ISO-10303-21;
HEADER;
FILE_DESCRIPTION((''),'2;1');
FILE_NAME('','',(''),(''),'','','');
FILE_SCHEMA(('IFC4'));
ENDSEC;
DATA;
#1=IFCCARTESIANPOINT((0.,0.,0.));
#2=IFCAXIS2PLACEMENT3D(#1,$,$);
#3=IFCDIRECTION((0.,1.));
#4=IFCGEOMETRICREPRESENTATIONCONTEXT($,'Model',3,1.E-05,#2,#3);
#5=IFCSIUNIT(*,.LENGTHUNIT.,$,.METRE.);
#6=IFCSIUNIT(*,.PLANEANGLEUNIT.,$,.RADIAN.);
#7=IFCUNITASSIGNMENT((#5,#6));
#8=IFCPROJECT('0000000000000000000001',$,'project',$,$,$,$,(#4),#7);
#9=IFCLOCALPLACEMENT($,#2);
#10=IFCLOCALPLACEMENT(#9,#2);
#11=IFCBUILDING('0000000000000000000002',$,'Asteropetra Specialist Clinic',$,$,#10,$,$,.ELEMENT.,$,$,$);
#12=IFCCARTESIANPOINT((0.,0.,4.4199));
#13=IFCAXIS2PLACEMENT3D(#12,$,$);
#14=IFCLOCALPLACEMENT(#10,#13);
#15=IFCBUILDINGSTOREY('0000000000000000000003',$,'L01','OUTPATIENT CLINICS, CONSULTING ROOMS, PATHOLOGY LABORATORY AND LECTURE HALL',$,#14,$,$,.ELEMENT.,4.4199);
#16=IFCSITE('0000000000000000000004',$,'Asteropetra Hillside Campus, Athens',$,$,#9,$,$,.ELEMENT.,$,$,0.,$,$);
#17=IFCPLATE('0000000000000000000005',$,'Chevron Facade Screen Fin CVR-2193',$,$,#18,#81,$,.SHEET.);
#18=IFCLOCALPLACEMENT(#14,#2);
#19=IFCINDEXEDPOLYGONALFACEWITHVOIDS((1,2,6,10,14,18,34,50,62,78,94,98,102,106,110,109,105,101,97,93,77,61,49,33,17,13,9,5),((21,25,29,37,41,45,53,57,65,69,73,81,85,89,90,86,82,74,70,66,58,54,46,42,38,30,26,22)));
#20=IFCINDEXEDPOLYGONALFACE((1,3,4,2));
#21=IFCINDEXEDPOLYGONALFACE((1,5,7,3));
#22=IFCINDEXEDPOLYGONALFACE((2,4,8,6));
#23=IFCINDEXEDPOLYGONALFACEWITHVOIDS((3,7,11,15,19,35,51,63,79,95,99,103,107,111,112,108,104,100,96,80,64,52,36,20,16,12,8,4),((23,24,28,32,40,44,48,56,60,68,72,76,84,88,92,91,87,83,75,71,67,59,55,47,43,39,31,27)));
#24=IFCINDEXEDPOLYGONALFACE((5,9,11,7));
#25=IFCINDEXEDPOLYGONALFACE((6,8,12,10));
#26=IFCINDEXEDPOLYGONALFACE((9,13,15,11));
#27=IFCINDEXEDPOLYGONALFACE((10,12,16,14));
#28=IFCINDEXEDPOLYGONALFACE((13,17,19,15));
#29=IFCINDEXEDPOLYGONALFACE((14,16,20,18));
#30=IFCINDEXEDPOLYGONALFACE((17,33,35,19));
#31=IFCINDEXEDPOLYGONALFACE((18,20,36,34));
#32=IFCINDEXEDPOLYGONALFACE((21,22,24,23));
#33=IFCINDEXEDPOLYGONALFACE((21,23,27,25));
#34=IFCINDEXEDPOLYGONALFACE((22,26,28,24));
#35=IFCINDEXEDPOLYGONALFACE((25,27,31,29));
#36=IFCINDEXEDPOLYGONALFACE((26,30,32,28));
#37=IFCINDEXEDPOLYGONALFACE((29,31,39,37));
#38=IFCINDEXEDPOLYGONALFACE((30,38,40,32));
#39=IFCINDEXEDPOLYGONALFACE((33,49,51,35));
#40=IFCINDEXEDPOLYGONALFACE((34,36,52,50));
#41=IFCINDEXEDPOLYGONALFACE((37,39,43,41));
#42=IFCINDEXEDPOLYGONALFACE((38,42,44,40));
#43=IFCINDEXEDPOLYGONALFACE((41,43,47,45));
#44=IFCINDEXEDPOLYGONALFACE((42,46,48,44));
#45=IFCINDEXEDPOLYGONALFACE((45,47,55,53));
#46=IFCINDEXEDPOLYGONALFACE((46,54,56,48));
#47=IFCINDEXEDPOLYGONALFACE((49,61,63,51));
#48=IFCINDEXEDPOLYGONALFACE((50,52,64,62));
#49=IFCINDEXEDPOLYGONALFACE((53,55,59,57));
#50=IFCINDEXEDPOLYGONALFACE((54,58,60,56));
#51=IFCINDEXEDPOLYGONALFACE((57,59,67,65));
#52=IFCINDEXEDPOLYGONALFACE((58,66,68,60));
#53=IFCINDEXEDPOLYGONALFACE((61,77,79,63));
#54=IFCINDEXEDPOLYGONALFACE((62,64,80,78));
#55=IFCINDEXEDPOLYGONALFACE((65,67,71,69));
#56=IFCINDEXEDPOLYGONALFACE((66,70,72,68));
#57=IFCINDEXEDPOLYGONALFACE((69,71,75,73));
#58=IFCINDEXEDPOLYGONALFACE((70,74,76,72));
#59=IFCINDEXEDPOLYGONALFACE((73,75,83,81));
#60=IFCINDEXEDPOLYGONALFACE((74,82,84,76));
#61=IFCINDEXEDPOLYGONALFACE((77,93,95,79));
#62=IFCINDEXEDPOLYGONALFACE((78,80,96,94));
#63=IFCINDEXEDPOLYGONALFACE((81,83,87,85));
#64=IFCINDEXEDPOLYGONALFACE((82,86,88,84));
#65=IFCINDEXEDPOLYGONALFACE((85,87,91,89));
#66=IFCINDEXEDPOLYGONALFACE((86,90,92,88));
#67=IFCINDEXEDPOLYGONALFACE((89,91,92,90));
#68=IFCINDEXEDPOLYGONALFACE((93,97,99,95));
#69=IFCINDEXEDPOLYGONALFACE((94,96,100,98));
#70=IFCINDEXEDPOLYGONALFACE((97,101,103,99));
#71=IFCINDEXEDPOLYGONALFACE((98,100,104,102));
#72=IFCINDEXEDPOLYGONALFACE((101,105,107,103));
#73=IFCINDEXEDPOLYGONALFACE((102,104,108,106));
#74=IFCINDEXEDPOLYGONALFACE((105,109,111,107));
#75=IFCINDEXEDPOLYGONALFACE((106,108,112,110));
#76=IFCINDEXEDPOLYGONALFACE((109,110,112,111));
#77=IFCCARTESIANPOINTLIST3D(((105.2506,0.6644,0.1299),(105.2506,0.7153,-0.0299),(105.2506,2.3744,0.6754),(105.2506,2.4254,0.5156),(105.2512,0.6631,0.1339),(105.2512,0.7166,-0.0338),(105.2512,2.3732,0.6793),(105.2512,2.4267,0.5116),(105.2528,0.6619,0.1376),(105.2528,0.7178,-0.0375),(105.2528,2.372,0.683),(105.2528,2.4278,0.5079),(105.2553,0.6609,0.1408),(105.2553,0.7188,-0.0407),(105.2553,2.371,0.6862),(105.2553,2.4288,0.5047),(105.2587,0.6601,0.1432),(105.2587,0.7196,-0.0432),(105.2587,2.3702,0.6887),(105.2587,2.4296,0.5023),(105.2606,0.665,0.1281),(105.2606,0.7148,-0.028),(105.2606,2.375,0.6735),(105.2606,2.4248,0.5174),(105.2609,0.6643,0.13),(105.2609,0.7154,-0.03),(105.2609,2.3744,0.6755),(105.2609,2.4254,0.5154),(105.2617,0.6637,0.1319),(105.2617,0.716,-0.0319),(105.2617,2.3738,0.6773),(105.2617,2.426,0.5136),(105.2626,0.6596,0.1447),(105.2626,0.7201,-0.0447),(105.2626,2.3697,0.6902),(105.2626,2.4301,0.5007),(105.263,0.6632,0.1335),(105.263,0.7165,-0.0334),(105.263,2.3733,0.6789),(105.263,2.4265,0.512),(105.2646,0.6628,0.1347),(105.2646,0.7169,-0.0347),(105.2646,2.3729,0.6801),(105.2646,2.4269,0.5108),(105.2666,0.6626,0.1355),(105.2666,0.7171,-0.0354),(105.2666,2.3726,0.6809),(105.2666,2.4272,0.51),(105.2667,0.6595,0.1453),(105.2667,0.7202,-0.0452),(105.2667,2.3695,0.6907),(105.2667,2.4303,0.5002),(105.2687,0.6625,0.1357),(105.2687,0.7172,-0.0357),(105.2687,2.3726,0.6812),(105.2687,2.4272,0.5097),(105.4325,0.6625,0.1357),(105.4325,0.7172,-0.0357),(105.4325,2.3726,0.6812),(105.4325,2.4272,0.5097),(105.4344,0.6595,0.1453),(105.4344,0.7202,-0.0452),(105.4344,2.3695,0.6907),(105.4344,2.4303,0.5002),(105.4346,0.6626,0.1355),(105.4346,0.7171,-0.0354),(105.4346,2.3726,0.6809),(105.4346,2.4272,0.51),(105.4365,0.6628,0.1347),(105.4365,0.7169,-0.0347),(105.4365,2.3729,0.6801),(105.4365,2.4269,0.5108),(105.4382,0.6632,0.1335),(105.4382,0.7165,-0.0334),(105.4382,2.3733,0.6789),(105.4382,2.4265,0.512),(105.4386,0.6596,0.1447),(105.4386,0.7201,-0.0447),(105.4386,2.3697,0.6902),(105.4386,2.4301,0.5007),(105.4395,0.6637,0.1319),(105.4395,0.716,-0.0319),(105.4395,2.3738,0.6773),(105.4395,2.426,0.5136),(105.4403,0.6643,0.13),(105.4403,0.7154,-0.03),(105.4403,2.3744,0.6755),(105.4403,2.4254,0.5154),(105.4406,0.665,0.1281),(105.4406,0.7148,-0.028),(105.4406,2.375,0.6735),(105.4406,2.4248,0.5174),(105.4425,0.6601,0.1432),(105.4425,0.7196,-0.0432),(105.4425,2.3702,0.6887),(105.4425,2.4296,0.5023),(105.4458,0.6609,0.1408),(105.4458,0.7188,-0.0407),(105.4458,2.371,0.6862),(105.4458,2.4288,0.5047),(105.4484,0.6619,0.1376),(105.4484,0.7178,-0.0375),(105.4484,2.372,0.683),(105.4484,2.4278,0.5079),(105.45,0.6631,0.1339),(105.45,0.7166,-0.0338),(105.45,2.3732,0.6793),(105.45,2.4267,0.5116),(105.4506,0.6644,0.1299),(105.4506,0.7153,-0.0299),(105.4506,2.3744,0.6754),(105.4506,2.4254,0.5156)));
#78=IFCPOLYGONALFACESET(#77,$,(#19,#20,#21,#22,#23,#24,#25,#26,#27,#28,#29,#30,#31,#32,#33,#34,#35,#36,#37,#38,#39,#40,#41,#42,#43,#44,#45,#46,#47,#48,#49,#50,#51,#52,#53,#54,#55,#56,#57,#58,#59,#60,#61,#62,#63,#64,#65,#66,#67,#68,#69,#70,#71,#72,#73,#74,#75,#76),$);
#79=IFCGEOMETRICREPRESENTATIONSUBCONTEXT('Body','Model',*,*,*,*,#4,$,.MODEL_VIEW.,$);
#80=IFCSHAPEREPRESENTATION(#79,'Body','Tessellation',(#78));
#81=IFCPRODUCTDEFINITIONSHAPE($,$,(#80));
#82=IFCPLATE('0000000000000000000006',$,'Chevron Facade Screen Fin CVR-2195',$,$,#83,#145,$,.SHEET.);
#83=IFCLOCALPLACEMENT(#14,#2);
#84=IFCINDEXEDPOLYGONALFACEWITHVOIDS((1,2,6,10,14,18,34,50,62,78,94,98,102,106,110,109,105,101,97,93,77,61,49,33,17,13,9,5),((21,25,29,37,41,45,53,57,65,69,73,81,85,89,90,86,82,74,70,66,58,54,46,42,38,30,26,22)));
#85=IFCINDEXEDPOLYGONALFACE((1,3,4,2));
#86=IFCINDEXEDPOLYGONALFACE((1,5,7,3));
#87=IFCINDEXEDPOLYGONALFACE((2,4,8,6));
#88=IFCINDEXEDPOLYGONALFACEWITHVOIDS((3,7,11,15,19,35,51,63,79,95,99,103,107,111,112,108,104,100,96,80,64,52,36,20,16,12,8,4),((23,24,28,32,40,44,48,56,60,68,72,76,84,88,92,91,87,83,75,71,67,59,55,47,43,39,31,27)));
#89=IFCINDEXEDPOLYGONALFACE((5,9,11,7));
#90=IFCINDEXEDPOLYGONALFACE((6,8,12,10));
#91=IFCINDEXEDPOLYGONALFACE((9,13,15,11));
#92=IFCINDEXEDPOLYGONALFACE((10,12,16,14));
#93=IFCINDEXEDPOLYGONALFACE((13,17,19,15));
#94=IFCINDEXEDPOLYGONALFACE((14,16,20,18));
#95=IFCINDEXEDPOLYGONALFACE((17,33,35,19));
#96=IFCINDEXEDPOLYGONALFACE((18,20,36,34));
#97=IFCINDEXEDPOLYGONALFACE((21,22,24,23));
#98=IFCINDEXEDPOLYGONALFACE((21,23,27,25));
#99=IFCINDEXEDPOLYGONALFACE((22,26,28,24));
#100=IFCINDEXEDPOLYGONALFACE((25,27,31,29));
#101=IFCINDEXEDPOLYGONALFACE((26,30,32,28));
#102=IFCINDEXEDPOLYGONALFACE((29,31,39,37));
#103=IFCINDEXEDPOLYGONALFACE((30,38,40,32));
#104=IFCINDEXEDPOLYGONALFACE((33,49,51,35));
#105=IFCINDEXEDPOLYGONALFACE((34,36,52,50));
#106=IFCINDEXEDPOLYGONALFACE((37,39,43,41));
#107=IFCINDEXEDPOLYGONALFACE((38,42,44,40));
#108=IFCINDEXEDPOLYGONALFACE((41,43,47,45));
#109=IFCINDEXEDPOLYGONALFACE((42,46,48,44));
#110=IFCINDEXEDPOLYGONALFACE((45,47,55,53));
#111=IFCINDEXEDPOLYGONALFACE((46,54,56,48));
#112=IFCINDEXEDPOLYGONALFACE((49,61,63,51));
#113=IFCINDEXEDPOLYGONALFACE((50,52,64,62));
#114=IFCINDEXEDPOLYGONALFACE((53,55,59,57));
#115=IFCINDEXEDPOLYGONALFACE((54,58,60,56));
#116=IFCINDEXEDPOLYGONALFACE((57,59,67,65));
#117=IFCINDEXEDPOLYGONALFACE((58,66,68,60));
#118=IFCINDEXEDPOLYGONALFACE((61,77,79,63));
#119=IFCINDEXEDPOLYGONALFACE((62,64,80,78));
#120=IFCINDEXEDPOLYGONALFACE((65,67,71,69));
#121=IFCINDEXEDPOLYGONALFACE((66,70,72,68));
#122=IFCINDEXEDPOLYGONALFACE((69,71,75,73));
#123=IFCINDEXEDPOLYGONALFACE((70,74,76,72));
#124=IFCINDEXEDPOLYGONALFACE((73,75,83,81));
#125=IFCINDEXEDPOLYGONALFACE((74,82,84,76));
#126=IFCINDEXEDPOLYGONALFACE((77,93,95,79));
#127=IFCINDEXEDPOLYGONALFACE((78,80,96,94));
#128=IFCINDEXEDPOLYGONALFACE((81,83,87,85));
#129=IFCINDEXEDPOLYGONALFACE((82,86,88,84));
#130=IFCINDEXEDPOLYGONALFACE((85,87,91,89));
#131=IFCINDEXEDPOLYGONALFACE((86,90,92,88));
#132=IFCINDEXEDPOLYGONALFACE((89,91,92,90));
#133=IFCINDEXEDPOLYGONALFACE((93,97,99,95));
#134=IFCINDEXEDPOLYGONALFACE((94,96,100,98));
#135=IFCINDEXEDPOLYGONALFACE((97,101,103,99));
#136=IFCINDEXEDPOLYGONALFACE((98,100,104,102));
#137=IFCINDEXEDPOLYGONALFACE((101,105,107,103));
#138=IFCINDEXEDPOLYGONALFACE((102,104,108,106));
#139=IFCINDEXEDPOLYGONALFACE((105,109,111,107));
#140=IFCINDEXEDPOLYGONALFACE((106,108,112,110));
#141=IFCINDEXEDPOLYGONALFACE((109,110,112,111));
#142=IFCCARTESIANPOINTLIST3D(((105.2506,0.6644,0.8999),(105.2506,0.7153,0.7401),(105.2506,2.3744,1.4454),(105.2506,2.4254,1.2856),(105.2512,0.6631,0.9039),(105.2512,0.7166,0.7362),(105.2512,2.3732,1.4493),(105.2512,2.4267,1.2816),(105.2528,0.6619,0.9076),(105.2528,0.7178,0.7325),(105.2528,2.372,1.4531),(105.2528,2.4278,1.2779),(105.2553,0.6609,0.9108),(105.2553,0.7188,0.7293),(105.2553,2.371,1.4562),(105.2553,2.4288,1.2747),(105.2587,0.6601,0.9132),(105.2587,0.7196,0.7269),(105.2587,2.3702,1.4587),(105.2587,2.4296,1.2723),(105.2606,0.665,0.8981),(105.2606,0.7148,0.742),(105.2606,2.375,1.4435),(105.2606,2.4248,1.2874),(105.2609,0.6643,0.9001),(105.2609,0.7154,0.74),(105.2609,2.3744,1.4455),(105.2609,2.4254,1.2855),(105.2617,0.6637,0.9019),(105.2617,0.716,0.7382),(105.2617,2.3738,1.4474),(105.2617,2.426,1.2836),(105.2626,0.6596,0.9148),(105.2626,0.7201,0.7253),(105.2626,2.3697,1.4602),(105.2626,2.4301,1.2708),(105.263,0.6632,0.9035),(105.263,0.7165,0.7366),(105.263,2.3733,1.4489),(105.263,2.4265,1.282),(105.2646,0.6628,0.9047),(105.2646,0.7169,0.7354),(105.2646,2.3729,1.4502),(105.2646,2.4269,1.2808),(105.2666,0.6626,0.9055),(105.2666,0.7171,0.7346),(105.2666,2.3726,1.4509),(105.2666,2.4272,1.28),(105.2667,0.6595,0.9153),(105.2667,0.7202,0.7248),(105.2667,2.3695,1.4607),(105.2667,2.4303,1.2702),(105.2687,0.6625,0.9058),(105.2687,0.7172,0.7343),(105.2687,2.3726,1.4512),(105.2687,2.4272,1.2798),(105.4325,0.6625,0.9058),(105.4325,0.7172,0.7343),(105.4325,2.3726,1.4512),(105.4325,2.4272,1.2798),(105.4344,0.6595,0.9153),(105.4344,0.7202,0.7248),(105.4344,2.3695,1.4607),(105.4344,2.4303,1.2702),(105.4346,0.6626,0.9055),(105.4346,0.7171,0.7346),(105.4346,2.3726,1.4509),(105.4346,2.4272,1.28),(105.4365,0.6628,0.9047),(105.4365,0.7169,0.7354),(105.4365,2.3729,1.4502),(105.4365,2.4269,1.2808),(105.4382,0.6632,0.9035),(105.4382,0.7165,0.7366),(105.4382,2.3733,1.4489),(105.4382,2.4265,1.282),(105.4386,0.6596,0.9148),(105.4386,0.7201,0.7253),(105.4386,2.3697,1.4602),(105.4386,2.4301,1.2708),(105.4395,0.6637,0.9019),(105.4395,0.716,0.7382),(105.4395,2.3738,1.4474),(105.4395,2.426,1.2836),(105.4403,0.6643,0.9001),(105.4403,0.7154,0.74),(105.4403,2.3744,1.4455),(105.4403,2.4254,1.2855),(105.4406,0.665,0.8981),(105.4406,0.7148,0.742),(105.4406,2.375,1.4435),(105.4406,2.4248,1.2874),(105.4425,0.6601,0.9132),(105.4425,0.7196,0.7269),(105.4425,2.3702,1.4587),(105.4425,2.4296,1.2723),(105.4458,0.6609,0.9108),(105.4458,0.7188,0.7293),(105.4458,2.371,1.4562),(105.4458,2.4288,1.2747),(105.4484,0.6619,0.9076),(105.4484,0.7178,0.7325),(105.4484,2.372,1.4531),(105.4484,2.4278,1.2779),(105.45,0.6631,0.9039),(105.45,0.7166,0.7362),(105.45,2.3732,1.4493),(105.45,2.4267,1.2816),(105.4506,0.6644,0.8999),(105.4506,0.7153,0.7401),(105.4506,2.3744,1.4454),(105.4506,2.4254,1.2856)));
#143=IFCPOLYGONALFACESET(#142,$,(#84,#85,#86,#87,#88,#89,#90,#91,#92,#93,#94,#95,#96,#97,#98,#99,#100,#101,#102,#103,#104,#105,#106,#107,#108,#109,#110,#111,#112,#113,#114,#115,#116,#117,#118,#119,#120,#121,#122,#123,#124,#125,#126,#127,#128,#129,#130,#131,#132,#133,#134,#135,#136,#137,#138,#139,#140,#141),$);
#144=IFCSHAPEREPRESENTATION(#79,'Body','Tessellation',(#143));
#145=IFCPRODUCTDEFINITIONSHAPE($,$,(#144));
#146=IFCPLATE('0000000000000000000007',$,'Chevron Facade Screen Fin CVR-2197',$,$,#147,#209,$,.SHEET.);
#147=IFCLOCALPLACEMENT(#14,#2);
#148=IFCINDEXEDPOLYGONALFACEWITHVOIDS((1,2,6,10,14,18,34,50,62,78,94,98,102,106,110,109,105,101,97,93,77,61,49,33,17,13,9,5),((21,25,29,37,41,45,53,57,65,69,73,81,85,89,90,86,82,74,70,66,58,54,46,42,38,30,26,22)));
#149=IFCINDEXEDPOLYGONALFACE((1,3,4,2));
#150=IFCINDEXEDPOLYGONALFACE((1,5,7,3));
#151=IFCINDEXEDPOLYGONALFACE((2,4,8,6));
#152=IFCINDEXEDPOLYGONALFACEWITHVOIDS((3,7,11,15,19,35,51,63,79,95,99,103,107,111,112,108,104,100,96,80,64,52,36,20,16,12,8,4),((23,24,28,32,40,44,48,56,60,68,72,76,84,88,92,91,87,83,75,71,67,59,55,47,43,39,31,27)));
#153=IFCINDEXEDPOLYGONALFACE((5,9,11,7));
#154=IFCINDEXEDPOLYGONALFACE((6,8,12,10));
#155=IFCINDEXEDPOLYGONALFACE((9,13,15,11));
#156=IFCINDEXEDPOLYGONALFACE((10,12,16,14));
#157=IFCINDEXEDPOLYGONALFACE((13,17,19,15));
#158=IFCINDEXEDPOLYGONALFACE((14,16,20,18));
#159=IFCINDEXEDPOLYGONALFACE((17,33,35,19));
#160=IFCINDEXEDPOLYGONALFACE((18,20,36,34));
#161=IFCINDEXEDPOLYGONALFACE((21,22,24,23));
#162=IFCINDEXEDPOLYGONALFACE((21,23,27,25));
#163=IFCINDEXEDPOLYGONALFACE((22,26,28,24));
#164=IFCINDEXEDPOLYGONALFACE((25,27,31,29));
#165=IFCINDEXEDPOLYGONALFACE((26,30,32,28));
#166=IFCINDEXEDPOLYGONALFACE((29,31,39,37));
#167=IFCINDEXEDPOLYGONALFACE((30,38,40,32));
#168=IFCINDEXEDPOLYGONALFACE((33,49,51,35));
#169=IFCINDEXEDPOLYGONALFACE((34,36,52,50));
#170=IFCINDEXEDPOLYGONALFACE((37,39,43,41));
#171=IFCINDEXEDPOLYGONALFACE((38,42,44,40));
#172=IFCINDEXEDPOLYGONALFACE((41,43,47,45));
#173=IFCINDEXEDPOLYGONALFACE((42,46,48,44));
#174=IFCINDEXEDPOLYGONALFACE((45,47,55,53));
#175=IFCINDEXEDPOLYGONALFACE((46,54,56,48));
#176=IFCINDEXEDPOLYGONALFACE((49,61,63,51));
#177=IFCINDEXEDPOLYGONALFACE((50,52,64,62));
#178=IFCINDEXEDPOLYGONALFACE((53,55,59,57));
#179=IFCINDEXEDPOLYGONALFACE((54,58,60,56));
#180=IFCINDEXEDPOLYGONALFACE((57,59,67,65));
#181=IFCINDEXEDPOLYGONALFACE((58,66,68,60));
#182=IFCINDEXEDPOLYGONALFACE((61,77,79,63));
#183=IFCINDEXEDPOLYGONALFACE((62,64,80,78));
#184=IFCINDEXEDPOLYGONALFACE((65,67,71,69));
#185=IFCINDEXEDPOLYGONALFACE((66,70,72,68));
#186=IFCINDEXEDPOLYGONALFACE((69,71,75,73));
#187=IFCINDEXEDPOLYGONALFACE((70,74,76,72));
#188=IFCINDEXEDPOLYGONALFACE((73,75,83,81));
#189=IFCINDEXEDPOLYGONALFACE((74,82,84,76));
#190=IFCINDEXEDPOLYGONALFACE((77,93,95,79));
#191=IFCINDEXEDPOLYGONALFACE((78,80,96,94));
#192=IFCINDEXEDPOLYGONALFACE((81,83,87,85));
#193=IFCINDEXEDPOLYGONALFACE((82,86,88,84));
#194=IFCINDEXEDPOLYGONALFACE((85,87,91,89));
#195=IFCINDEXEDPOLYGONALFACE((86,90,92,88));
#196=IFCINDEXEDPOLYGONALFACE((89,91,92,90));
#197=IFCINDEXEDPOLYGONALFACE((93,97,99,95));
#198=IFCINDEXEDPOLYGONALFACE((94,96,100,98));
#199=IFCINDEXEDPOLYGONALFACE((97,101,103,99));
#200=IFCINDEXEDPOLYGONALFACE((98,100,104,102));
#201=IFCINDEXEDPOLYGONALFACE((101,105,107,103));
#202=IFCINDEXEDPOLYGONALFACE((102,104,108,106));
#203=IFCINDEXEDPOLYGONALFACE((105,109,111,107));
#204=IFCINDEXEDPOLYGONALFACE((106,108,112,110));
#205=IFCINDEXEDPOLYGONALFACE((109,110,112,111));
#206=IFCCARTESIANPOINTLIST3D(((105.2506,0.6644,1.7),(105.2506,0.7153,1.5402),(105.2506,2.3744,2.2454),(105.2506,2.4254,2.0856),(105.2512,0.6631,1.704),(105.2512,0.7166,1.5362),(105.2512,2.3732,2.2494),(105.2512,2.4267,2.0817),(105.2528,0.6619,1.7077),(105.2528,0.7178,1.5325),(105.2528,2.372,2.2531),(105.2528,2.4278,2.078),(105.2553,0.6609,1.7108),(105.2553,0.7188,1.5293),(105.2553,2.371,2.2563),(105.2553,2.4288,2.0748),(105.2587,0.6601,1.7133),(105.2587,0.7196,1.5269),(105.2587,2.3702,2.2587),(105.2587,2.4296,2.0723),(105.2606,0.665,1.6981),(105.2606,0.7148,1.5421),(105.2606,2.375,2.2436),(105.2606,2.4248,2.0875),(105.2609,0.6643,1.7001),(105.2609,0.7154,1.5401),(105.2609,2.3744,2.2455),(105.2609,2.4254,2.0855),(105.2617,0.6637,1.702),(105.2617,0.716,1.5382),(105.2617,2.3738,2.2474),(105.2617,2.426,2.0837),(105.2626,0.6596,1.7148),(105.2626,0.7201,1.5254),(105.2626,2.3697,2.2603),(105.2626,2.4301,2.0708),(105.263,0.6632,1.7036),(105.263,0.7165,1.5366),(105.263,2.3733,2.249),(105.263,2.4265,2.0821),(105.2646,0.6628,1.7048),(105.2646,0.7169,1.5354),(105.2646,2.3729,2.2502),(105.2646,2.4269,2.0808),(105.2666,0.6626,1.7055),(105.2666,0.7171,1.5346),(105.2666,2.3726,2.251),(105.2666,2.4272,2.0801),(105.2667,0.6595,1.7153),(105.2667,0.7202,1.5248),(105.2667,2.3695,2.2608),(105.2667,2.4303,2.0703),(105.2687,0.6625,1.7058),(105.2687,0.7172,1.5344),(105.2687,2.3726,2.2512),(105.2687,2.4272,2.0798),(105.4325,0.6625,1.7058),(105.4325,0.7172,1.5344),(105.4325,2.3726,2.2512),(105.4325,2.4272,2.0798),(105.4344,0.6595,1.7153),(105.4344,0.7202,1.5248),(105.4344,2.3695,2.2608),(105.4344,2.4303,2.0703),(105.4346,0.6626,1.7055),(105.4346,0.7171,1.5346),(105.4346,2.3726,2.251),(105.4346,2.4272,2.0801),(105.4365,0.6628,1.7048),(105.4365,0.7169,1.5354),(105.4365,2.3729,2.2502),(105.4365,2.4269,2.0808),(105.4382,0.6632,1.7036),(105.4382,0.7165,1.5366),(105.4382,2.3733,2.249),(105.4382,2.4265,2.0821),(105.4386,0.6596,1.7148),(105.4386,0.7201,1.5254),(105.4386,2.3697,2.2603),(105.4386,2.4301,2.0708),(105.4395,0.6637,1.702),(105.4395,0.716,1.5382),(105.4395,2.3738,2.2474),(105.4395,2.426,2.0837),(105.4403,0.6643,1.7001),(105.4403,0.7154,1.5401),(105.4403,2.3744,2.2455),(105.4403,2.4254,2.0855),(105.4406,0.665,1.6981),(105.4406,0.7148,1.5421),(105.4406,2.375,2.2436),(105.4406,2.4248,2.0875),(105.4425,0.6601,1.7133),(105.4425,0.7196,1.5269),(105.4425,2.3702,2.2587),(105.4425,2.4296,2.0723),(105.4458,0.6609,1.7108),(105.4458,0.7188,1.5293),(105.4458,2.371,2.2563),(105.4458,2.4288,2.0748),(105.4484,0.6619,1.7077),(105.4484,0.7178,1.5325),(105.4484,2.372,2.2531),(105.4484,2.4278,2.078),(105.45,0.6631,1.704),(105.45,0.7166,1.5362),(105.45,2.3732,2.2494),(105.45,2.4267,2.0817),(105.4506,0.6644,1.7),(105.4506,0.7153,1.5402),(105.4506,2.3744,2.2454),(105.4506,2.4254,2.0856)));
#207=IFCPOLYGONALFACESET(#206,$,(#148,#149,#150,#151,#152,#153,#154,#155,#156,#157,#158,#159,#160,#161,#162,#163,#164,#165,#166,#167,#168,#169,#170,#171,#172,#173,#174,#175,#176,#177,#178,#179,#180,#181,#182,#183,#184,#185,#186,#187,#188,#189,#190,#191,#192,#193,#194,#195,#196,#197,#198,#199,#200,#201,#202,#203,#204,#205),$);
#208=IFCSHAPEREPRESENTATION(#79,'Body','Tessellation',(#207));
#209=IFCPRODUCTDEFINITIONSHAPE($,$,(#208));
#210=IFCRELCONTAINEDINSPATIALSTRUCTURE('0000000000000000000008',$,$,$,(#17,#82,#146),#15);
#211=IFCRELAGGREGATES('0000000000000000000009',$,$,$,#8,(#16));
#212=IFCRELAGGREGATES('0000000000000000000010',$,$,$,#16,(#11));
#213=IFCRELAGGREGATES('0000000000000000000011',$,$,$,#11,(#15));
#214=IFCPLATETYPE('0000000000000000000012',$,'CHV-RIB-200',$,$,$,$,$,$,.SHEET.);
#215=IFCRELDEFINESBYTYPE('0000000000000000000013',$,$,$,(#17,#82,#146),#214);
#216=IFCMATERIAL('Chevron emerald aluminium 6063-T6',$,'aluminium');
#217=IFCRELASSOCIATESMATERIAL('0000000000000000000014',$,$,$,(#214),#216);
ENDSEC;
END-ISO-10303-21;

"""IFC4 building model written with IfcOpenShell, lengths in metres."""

from ifc_helpers import new_model, si_unit, direction, frame, origin, origin_2d, place, context, subcontext, project, spatial, hollow_rectangle, extrude, material, material_profile, profile_set, type_object, element, save


model = new_model("IFC4")

# Units and contexts
model_context = context("Model", 3, precision=1e-05, world=origin(), true_north=direction((0.0, 1.0)))
body_context = subcontext(model_context, "Body", "Model", "MODEL_VIEW")
ifc_project = project(units=[si_unit("LENGTHUNIT", "METRE"), si_unit("PLANEANGLEUNIT", "RADIAN")], contexts=[model_context])

# Site, building, storey
site_placement = place(None, origin())
site = spatial("IfcSite", under=ifc_project, at=site_placement, Name="Asteropetra Hillside Campus, Athens", CompositionType="ELEMENT", RefElevation=0.0)
building_placement = place(site_placement, origin())
building = spatial("IfcBuilding", under=site, at=building_placement, Name="Asteropetra Specialist Clinic", CompositionType="ELEMENT")
storey_placement = place(building_placement, frame((0.0, 0.0, 4.4199)))
storey = spatial("IfcBuildingStorey", under=building, at=storey_placement, Name="L01", Description="OUTPATIENT CLINICS, CONSULTING ROOMS, PATHOLOGY LABORATORY AND LECTURE HALL", CompositionType="ELEMENT", Elevation=4.4199)

# Plates
ifc_material_1 = material(Name="Chevron emerald aluminium 6063-T6", Category="aluminium")
ifc_material_profile_1 = material_profile(ifc_material_1, hollow_rectangle(XDim=0.2, YDim=0.2, WallThickness=0.01, InnerFilletRadius=0.0081, OuterFilletRadius=0.0161, at=origin_2d()), Name="SHS 200x200x10.0")
ifc_profile_set_1 = profile_set([ifc_material_profile_1], Name="Chevron emerald aluminium 6063-T6")
plate_type = type_object("IfcPlateType", Name="CHV-RIB-200", PredefinedType="SHEET", material=ifc_profile_set_1)
for number, where, z_axis, x_axis, name in (
    (1, (105.3506, 2.3999, 0.5955), (0.0, -0.952711, -0.303877), (1.0, 0.0, 0.0), "Chevron Facade Screen Fin CVR-2193"),
    (2, (105.3506, 2.3999, 1.3655), (0.0, -0.952711, -0.303877), (1.0, 0.0, 0.0), "Chevron Facade Screen Fin CVR-2195"),
    (3, (105.3506, 2.3999, 2.1655), (0.0, -0.952711, -0.303877), (1.0, 0.0, 0.0), "Chevron Facade Screen Fin CVR-2197"),
):
    element("IfcPlate", number, at=place(storey_placement, frame(where, z_axis=z_axis, x_axis=x_axis)), inside=storey, type_object=plate_type, Name=name, PredefinedType="SHEET", context=body_context, shape_type="SweptSolid", body=[
        extrude(hollow_rectangle(XDim=0.2, YDim=0.2, WallThickness=0.01, InnerFilletRadius=0.0081, OuterFilletRadius=0.0161, at=origin_2d()), origin(), (0.0, 0.0, 1.0), 1.7949),
    ])

save(model, "model.ifc")
